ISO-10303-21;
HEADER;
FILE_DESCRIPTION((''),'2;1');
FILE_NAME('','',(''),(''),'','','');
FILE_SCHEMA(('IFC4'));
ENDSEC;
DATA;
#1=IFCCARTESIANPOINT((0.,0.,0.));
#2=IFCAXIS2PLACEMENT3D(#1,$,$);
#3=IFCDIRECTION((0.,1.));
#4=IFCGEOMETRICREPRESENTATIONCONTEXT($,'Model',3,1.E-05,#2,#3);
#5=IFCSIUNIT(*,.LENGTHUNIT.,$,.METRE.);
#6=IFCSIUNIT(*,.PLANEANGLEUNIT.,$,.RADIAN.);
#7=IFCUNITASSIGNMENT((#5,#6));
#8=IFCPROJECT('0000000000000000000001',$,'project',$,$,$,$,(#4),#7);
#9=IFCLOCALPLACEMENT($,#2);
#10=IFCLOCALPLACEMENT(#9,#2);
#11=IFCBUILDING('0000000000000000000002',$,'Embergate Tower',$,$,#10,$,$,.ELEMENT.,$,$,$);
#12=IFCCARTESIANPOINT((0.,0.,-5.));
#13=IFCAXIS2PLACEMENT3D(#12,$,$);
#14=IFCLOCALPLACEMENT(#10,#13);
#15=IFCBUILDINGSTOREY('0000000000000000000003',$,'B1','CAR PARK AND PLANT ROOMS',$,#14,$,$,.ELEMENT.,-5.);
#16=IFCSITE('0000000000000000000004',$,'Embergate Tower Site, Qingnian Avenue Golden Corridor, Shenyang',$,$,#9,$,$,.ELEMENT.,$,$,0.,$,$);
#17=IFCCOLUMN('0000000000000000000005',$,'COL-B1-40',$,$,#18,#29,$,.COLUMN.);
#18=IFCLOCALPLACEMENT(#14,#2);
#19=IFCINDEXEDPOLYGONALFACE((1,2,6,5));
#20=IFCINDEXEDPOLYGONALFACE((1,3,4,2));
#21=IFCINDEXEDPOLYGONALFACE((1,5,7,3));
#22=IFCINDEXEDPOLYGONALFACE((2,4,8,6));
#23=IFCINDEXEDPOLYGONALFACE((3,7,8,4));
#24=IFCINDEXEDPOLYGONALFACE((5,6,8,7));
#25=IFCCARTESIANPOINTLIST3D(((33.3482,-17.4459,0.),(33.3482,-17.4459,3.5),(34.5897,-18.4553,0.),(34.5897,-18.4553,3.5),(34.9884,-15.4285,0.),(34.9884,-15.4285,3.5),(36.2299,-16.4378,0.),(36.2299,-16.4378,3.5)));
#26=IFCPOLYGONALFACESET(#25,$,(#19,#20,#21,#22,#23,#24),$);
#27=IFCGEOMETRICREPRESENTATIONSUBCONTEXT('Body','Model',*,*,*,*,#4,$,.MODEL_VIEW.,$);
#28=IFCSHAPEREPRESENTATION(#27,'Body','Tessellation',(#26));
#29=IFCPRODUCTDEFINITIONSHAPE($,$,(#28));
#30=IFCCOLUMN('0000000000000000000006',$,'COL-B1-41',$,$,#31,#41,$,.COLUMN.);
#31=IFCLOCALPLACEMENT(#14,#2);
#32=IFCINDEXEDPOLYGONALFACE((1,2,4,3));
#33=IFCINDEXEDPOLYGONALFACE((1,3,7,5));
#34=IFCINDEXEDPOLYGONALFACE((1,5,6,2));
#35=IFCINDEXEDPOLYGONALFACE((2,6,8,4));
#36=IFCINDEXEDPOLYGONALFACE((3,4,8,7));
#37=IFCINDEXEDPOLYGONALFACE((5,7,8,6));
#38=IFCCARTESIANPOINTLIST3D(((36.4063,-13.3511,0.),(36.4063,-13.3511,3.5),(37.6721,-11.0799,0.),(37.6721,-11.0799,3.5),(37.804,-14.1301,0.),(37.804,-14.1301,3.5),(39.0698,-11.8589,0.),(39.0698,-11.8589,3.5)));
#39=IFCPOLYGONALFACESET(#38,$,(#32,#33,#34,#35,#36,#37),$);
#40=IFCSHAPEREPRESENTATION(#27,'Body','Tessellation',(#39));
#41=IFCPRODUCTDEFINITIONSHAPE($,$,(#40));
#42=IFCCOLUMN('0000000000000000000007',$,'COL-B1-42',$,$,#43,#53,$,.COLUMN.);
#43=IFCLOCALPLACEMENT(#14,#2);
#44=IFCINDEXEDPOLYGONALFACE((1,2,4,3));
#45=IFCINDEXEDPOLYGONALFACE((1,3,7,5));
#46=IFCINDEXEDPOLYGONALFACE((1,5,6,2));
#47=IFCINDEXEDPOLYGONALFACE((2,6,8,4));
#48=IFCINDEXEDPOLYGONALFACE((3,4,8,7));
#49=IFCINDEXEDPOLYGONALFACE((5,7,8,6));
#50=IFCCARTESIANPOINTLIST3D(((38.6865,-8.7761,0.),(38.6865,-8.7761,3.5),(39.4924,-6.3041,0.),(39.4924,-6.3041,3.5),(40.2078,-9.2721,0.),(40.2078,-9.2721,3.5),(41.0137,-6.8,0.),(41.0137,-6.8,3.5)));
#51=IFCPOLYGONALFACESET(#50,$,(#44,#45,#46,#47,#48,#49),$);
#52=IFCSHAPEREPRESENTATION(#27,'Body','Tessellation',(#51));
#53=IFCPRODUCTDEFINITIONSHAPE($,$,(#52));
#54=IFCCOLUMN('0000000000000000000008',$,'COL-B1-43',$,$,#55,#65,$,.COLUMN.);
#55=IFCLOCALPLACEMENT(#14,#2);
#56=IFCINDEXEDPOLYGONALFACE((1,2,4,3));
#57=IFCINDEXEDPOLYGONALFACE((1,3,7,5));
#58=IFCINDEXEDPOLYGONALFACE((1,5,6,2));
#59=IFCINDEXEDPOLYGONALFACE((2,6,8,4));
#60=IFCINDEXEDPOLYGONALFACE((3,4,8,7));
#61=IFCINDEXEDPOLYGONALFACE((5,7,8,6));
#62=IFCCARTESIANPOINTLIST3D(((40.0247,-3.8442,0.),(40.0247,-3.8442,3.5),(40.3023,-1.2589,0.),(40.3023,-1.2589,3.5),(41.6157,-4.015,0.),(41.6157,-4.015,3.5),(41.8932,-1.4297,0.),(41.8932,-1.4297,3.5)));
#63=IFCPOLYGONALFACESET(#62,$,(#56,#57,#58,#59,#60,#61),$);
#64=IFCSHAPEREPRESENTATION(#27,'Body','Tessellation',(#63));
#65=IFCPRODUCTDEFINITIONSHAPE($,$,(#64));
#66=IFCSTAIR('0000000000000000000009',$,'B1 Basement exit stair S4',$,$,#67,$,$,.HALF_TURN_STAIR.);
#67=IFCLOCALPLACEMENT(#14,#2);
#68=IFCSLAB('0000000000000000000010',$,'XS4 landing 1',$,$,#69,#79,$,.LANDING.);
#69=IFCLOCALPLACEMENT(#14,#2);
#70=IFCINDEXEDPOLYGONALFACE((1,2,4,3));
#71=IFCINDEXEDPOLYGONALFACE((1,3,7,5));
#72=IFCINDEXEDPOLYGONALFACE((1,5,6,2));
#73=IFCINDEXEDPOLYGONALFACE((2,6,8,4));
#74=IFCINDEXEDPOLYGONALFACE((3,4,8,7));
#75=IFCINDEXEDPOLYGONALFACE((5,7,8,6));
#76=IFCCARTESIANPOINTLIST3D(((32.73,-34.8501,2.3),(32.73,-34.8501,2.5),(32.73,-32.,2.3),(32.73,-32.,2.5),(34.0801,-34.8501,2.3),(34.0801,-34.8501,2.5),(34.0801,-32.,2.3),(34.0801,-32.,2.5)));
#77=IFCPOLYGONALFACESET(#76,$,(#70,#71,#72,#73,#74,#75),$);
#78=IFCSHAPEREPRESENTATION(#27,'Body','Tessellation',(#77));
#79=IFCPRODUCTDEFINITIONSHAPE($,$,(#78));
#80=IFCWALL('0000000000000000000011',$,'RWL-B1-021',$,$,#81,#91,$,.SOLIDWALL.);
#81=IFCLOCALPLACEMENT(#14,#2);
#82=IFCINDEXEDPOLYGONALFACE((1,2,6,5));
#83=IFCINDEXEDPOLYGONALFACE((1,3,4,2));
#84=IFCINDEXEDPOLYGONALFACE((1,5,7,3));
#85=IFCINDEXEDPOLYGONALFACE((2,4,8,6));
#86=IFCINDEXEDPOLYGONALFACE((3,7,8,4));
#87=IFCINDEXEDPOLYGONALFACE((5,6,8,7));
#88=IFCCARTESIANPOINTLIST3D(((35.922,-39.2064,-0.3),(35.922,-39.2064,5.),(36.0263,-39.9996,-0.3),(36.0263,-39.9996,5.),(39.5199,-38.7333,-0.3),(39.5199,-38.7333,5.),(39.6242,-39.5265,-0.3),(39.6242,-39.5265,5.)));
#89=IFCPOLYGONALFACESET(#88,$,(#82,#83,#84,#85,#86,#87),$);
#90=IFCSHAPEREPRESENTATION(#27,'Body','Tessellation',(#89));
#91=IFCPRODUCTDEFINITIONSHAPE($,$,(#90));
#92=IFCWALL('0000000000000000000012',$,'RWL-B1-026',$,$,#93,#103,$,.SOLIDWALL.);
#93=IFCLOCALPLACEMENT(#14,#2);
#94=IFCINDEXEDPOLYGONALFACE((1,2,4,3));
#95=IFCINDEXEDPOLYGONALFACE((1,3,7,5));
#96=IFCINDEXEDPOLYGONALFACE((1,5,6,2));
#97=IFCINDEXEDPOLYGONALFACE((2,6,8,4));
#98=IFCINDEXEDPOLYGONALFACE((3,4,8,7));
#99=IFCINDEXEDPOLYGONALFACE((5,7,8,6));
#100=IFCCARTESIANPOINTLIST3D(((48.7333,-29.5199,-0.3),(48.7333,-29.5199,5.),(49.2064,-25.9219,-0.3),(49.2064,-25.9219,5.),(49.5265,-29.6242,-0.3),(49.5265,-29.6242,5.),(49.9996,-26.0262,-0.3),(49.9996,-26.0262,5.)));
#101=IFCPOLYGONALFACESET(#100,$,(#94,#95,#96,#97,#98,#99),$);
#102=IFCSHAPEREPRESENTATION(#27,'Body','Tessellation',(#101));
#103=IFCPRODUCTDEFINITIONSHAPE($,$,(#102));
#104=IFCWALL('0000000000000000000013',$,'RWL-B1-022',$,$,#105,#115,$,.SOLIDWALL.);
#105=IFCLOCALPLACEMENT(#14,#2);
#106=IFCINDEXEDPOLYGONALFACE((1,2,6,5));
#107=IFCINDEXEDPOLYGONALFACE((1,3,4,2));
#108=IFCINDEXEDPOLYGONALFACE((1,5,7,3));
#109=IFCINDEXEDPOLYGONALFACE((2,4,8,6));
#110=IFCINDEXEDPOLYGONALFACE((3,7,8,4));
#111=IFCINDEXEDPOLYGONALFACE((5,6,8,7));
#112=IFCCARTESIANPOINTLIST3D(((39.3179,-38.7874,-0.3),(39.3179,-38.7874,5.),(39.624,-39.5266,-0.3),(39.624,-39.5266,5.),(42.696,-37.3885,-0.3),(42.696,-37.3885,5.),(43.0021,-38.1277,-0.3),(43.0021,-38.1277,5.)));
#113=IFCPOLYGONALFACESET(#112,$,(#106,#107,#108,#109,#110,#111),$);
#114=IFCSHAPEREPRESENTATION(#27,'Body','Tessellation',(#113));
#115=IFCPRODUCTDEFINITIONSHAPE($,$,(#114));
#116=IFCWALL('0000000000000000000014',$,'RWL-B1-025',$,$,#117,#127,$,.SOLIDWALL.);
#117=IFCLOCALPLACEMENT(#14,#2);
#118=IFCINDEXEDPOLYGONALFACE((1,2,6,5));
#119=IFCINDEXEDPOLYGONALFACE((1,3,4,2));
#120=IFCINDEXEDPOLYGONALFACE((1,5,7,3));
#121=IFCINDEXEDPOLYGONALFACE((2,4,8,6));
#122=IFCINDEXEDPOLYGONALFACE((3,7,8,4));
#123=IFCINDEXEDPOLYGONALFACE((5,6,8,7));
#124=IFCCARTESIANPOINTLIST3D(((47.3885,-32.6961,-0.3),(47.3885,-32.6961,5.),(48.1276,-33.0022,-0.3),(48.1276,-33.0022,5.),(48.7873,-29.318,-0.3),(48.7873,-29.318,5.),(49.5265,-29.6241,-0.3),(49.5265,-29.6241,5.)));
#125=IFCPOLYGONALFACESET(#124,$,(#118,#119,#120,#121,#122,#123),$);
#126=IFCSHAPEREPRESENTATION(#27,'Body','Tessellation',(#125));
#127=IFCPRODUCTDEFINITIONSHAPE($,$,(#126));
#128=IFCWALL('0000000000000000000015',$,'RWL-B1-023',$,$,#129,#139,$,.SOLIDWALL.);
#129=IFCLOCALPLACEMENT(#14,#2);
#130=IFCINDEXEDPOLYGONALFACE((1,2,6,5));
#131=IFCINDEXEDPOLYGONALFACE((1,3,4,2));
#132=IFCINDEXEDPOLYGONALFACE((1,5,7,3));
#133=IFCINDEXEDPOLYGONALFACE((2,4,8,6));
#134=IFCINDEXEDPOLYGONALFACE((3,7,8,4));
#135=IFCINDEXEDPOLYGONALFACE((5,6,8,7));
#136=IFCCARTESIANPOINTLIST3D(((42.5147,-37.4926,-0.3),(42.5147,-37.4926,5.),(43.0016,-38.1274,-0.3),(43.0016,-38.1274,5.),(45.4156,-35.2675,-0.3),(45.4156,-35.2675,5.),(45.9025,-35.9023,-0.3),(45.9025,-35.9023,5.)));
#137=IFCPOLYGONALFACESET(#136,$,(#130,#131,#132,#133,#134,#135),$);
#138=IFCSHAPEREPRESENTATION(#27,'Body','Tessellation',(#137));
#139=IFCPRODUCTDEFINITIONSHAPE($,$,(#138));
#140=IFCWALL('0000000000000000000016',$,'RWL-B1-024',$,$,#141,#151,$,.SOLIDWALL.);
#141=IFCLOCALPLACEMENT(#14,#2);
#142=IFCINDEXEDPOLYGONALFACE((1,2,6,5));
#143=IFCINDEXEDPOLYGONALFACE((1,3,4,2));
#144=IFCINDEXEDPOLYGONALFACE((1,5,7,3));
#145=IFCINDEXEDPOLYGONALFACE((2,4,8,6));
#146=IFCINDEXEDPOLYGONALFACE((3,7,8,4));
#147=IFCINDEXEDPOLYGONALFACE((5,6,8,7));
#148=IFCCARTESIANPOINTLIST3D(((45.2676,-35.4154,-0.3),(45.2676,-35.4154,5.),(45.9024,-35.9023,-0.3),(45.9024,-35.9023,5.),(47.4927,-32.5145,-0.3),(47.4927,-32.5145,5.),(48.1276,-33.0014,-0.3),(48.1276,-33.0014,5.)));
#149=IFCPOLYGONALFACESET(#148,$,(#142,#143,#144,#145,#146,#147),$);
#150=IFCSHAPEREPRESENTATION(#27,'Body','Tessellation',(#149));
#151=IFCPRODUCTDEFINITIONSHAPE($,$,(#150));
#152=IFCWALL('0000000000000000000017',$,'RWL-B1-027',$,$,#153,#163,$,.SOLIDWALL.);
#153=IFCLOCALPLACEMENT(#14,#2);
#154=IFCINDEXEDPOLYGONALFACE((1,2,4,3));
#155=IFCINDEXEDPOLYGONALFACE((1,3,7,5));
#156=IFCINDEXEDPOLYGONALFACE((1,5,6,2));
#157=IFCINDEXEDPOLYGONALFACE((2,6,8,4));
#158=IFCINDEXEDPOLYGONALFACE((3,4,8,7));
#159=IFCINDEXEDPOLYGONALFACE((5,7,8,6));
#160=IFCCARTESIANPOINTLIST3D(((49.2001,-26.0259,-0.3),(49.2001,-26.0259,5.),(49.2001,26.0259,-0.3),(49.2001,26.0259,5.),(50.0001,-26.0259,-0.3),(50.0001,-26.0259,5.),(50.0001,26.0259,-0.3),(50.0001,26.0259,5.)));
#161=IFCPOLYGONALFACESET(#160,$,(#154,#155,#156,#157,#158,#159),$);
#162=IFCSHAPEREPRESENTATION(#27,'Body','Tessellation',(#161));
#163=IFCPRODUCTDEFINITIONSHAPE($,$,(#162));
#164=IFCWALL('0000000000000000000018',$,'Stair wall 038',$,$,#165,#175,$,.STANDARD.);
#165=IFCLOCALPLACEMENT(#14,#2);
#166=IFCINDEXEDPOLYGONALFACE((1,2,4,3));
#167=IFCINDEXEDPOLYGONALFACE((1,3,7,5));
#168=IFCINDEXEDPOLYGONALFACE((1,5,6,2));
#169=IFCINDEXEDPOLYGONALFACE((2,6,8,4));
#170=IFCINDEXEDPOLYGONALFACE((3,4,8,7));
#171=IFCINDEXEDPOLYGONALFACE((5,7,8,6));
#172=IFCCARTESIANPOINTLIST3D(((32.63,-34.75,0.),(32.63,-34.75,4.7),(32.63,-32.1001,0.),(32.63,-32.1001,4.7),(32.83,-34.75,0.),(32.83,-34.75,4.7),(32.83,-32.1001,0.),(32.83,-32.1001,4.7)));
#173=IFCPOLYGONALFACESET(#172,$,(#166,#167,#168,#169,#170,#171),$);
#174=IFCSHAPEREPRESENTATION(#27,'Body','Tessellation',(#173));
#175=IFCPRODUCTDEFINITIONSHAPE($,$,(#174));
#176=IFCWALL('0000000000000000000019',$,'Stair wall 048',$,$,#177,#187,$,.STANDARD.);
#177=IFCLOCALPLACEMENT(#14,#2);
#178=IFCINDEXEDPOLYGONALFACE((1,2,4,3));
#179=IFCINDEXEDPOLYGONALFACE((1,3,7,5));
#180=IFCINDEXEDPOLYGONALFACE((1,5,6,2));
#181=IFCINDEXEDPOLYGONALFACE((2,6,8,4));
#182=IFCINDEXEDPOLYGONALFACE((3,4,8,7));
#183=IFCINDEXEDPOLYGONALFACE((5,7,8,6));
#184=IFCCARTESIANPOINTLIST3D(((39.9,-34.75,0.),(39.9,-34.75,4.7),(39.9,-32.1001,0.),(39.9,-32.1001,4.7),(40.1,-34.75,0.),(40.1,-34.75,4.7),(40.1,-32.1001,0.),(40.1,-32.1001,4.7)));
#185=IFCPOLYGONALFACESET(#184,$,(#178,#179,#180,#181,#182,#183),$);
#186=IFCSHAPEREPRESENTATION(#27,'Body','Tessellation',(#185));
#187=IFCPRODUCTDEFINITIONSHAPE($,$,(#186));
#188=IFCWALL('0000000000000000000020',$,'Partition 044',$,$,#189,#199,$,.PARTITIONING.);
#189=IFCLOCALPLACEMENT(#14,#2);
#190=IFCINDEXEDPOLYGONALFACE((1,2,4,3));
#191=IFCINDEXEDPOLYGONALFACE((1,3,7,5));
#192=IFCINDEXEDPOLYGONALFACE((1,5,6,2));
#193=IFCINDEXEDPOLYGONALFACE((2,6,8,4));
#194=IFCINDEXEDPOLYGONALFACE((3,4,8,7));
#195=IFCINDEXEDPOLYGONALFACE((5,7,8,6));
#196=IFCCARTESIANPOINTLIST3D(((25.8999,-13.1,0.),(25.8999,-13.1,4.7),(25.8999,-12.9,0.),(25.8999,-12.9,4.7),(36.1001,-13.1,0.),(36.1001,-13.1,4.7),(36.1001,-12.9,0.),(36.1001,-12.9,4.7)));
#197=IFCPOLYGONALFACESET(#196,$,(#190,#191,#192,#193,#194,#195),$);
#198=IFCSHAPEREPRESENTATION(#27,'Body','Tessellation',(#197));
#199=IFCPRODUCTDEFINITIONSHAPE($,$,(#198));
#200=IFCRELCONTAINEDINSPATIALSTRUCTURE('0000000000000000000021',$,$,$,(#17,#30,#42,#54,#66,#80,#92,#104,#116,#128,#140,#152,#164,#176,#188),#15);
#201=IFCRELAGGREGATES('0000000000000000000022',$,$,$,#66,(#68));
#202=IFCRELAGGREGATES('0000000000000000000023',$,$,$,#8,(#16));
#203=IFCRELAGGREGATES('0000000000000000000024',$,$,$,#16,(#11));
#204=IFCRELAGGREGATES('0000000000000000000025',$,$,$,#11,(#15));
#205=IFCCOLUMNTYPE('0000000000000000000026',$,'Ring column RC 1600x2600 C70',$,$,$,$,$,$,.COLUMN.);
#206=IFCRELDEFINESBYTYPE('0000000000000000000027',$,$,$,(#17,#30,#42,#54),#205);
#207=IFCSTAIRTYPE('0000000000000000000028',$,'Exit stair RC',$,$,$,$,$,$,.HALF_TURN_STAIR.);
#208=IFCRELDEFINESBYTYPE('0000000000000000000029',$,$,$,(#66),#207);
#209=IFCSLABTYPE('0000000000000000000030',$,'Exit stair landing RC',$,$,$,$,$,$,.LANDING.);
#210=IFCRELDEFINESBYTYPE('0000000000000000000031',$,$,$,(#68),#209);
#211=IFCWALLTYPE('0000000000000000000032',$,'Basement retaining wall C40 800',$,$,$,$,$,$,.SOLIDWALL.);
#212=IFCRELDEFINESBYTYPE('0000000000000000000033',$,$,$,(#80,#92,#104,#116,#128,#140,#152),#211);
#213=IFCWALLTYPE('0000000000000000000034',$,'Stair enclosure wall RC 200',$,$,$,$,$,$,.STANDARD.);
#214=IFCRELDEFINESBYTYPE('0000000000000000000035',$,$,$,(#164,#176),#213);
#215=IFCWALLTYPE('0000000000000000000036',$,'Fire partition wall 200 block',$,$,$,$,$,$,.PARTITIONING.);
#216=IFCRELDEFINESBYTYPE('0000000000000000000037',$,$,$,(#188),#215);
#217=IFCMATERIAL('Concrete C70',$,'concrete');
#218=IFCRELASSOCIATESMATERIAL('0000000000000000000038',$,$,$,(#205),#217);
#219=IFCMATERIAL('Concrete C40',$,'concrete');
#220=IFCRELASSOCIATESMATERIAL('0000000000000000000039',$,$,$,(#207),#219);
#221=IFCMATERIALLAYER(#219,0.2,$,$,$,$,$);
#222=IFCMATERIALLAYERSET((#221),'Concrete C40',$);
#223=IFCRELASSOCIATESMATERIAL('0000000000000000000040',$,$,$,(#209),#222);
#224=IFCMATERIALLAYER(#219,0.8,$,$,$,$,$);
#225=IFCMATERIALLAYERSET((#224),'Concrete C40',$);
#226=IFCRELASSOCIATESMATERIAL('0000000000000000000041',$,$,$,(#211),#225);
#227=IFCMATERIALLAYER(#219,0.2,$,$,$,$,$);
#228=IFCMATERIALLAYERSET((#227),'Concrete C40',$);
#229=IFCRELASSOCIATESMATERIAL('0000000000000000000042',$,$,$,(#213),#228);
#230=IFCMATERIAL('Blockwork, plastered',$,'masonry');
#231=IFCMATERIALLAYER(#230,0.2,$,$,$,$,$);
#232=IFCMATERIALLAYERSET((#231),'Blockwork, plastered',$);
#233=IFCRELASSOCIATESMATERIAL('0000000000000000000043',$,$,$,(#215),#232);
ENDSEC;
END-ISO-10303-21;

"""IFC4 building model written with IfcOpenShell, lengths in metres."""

from ifc_helpers import new_model, si_unit, direction, frame, frame_2d, origin, origin_2d, place, context, subcontext, project, spatial, polyline, rectangle, outline, extrude, source, transform, mapped, material, layer, layer_set, material_profile, profile_set, type_object, element, aggregate, save


model = new_model("IFC4")

# Units and contexts
model_context = context("Model", 3, precision=1e-05, world=origin(), true_north=direction((0.0, 1.0)))
body_context = subcontext(model_context, "Body", "Model", "MODEL_VIEW")
ifc_project = project(units=[si_unit("LENGTHUNIT", "METRE"), si_unit("PLANEANGLEUNIT", "RADIAN")], contexts=[model_context])

# Site, building, storey
site_placement = place(None, origin())
site = spatial("IfcSite", under=ifc_project, at=site_placement, Name="Embergate Tower Site, Qingnian Avenue Golden Corridor, Shenyang", CompositionType="ELEMENT", RefElevation=0.0)
building_placement = place(site_placement, origin())
building = spatial("IfcBuilding", under=site, at=building_placement, Name="Embergate Tower", CompositionType="ELEMENT")
storey_placement = place(building_placement, frame((0.0, 0.0, -5.0)))
storey = spatial("IfcBuildingStorey", under=building, at=storey_placement, Name="B1", Description="CAR PARK AND PLANT ROOMS", CompositionType="ELEMENT", Elevation=-5.0)

# Columns
ifc_material_1 = material(Name="Concrete C70", Category="concrete")
ifc_material_profile = material_profile(ifc_material_1, rectangle(XDim=1.6001, YDim=2.6001, at=origin_2d()), Name="RC 1600x2600")
ifc_profile_set = profile_set([ifc_material_profile], Name="Concrete C70")
column_type = type_object("IfcColumnType", Name="Ring column RC 1600x2600 C70", PredefinedType="COLUMN", material=ifc_profile_set)
shared_shape_1 = source(origin(), body_context, "Body", "SweptSolid", [
    extrude(rectangle(XDim=1.6001, YDim=2.6001, at=origin_2d()), origin(), (0.0, 0.0, 1.0), 3.5),
])
for number, where, z_axis, x_axis, name in (
    (1, (34.7891, -16.9419, 0.0), (0.0, 0.0, 1.0), (0.775925, -0.630825, 0.0), "COL-B1-40"),
    (2, (37.738, -12.605, 0.0), (0.0, 0.0, 1.0), (0.873492, -0.486839, 0.0), "COL-B1-41"),
    (3, (39.8501, -7.7881, 0.0), (0.0, 0.0, 1.0), (0.950754, -0.309946, 0.0), "COL-B1-42"),
    (4, (40.959, -2.637, 0.0), (0.0, 0.0, 1.0), (0.994286, -0.10675, 0.0), "COL-B1-43"),
):
    element("IfcColumn", number, at=place(storey_placement, frame(where, z_axis=z_axis, x_axis=x_axis)), inside=storey, type_object=column_type, Name=name, PredefinedType="COLUMN", context=body_context, shape_type="MappedRepresentation", body=[
        mapped(shared_shape_1, transform((0.0, 0.0, 0.0))),
    ])

# Stair, slab
ifc_material_2 = material(Name="Concrete C40", Category="concrete")
stair_type = type_object("IfcStairType", Name="Exit stair RC", PredefinedType="HALF_TURN_STAIR", material=ifc_material_2)
stair_placement = place(storey_placement, origin())
stair = element("IfcStair", 5, at=stair_placement, inside=storey, type_object=stair_type, Name="B1 Basement exit stair S4", PredefinedType="HALF_TURN_STAIR")
ifc_layer_1 = layer(ifc_material_2, 0.2)
ifc_layer_set_1 = layer_set([ifc_layer_1], Name="Concrete C40")
slab_type = type_object("IfcSlabType", Name="Exit stair landing RC", PredefinedType="LANDING", material=ifc_layer_set_1)
shared_shape_2 = source(origin(), body_context, "Body", "SweptSolid", [
    extrude(outline(polyline([(0.0, 0.0), (1.3501, 0.0), (1.3501, 2.8501), (0.0, 2.8501), (0.0, 0.0)])), origin(), (0.0, 0.0, 1.0), 0.2),
])
slab_placement = place(storey_placement, frame((32.73, -34.8501, 2.3)))
slab = element("IfcSlab", 6, at=slab_placement, type_object=slab_type, Name="XS4 landing 1", PredefinedType="LANDING", context=body_context, shape_type="MappedRepresentation", body=[
    mapped(shared_shape_2, transform((0.0, 0.0, 0.0))),
])

# Walls
ifc_layer_2 = layer(ifc_material_2, 0.8)
ifc_layer_set_2 = layer_set([ifc_layer_2], Name="Concrete C40")
wall_type_1 = type_object("IfcWallType", Name="Basement retaining wall C40 800", PredefinedType="SOLIDWALL", material=ifc_layer_set_2)
shared_shape_3 = source(origin(), body_context, "Body", "SweptSolid", [
    extrude(rectangle(XDim=3.6289, YDim=0.8, at=frame_2d((1.8145, 0.0))), origin(), (0.0, 0.0, 1.0), 5.3),
])
for number, where, z_axis, x_axis, name in (
    (7, (35.9741, -39.603, -0.3), (0.0, 0.0, 1.0), (0.991464, 0.130383, 0.0), "RWL-B1-021"),
    (8, (49.1299, -29.572, -0.3), (0.0, 0.0, 1.0), (0.130383, 0.991464, 0.0), "RWL-B1-026"),
):
    element("IfcWall", number, at=place(storey_placement, frame(where, z_axis=z_axis, x_axis=x_axis)), inside=storey, type_object=wall_type_1, Name=name, PredefinedType="SOLIDWALL", context=body_context, shape_type="MappedRepresentation", body=[
        mapped(shared_shape_3, transform((0.0, 0.0, 0.0))),
    ])
shared_shape_4 = source(origin(), body_context, "Body", "SweptSolid", [
    extrude(rectangle(XDim=3.6562, YDim=0.8, at=frame_2d((1.8281, 0.0))), origin(), (0.0, 0.0, 1.0), 5.3),
])
for number, where, z_axis, x_axis, name in (
    (9, (39.4709, -39.157, -0.3), (0.0, 0.0, 1.0), (0.923914, 0.382599, 0.0), "RWL-B1-022"),
    (10, (47.7581, -32.8491, -0.3), (0.0, 0.0, 1.0), (0.382599, 0.923914, 0.0), "RWL-B1-025"),
):
    element("IfcWall", number, at=place(storey_placement, frame(where, z_axis=z_axis, x_axis=x_axis)), inside=storey, type_object=wall_type_1, Name=name, PredefinedType="SOLIDWALL", context=body_context, shape_type="MappedRepresentation", body=[
        mapped(shared_shape_4, transform((0.0, 0.0, 0.0))),
    ])
shared_shape_5 = source(origin(), body_context, "Body", "SweptSolid", [
    extrude(rectangle(XDim=3.656, YDim=0.8, at=frame_2d((1.8281, 0.0))), origin(), (0.0, 0.0, 1.0), 5.3),
])
for number, where, z_axis, x_axis, name in (
    (11, (42.7581, -37.8101, -0.3), (0.0, 0.0, 1.0), (0.793462, 0.608619, 0.0), "RWL-B1-023"),
    (12, (45.585, -35.6589, -0.3), (0.0, 0.0, 1.0), (0.608619, 0.793462, 0.0), "RWL-B1-024"),
):
    element("IfcWall", number, at=place(storey_placement, frame(where, z_axis=z_axis, x_axis=x_axis)), inside=storey, type_object=wall_type_1, Name=name, PredefinedType="SOLIDWALL", context=body_context, shape_type="MappedRepresentation", body=[
        mapped(shared_shape_5, transform((0.0, 0.0, 0.0))),
    ])
shared_shape_6 = source(origin(), body_context, "Body", "SweptSolid", [
    extrude(rectangle(XDim=52.0518, YDim=0.8, at=frame_2d((26.0259, 0.0))), origin(), (0.0, 0.0, 1.0), 5.3),
])
wall_1_placement = place(storey_placement, frame((49.6001, -26.0259, -0.3), z_axis=(0.0, 0.0, 1.0), x_axis=(0.0, 1.0, 0.0)))
element("IfcWall", 13, at=wall_1_placement, inside=storey, type_object=wall_type_1, Name="RWL-B1-027", PredefinedType="SOLIDWALL", context=body_context, shape_type="MappedRepresentation", body=[
    mapped(shared_shape_6, transform((0.0, 0.0, 0.0))),
])
ifc_layer_3 = layer(ifc_material_2, 0.2)
ifc_layer_set_3 = layer_set([ifc_layer_3], Name="Concrete C40")
wall_type_2 = type_object("IfcWallType", Name="Stair enclosure wall RC 200", PredefinedType="STANDARD", material=ifc_layer_set_3)
shared_shape_7 = source(origin(), body_context, "Body", "SweptSolid", [
    extrude(rectangle(XDim=2.6499, YDim=0.2, at=frame_2d((1.325, 0.0))), origin(), (0.0, 0.0, 1.0), 4.7),
])
for number, where, z_axis, x_axis, name in (
    (14, (32.73, -34.75, 0.0), (0.0, 0.0, 1.0), (0.0, 1.0, 0.0), "Stair wall 038"),
    (15, (40.0, -32.1001, 0.0), (0.0, 0.0, 1.0), (0.0, -1.0, 0.0), "Stair wall 048"),
):
    element("IfcWall", number, at=place(storey_placement, frame(where, z_axis=z_axis, x_axis=x_axis)), inside=storey, type_object=wall_type_2, Name=name, PredefinedType="STANDARD", context=body_context, shape_type="MappedRepresentation", body=[
        mapped(shared_shape_7, transform((0.0, 0.0, 0.0))),
    ])
ifc_material_3 = material(Name="Blockwork, plastered", Category="masonry")
ifc_layer_4 = layer(ifc_material_3, 0.2)
ifc_layer_set_4 = layer_set([ifc_layer_4], Name="Blockwork, plastered")
wall_type_3 = type_object("IfcWallType", Name="Fire partition wall 200 block", PredefinedType="PARTITIONING", material=ifc_layer_set_4)
shared_shape_8 = source(origin(), body_context, "Body", "SweptSolid", [
    extrude(rectangle(XDim=10.2002, YDim=0.2, at=frame_2d((5.1001, 0.0))), origin(), (0.0, 0.0, 1.0), 4.7),
])
wall_2_placement = place(storey_placement, frame((36.1001, -13.0, 0.0), z_axis=(0.0, 0.0, 1.0), x_axis=(-1.0, 0.0, 0.0)))
element("IfcWall", 16, at=wall_2_placement, inside=storey, type_object=wall_type_3, Name="Partition 044", PredefinedType="PARTITIONING", context=body_context, shape_type="MappedRepresentation", body=[
    mapped(shared_shape_8, transform((0.0, 0.0, 0.0))),
])

aggregate(stair, [slab])

save(model, "model.ifc")
